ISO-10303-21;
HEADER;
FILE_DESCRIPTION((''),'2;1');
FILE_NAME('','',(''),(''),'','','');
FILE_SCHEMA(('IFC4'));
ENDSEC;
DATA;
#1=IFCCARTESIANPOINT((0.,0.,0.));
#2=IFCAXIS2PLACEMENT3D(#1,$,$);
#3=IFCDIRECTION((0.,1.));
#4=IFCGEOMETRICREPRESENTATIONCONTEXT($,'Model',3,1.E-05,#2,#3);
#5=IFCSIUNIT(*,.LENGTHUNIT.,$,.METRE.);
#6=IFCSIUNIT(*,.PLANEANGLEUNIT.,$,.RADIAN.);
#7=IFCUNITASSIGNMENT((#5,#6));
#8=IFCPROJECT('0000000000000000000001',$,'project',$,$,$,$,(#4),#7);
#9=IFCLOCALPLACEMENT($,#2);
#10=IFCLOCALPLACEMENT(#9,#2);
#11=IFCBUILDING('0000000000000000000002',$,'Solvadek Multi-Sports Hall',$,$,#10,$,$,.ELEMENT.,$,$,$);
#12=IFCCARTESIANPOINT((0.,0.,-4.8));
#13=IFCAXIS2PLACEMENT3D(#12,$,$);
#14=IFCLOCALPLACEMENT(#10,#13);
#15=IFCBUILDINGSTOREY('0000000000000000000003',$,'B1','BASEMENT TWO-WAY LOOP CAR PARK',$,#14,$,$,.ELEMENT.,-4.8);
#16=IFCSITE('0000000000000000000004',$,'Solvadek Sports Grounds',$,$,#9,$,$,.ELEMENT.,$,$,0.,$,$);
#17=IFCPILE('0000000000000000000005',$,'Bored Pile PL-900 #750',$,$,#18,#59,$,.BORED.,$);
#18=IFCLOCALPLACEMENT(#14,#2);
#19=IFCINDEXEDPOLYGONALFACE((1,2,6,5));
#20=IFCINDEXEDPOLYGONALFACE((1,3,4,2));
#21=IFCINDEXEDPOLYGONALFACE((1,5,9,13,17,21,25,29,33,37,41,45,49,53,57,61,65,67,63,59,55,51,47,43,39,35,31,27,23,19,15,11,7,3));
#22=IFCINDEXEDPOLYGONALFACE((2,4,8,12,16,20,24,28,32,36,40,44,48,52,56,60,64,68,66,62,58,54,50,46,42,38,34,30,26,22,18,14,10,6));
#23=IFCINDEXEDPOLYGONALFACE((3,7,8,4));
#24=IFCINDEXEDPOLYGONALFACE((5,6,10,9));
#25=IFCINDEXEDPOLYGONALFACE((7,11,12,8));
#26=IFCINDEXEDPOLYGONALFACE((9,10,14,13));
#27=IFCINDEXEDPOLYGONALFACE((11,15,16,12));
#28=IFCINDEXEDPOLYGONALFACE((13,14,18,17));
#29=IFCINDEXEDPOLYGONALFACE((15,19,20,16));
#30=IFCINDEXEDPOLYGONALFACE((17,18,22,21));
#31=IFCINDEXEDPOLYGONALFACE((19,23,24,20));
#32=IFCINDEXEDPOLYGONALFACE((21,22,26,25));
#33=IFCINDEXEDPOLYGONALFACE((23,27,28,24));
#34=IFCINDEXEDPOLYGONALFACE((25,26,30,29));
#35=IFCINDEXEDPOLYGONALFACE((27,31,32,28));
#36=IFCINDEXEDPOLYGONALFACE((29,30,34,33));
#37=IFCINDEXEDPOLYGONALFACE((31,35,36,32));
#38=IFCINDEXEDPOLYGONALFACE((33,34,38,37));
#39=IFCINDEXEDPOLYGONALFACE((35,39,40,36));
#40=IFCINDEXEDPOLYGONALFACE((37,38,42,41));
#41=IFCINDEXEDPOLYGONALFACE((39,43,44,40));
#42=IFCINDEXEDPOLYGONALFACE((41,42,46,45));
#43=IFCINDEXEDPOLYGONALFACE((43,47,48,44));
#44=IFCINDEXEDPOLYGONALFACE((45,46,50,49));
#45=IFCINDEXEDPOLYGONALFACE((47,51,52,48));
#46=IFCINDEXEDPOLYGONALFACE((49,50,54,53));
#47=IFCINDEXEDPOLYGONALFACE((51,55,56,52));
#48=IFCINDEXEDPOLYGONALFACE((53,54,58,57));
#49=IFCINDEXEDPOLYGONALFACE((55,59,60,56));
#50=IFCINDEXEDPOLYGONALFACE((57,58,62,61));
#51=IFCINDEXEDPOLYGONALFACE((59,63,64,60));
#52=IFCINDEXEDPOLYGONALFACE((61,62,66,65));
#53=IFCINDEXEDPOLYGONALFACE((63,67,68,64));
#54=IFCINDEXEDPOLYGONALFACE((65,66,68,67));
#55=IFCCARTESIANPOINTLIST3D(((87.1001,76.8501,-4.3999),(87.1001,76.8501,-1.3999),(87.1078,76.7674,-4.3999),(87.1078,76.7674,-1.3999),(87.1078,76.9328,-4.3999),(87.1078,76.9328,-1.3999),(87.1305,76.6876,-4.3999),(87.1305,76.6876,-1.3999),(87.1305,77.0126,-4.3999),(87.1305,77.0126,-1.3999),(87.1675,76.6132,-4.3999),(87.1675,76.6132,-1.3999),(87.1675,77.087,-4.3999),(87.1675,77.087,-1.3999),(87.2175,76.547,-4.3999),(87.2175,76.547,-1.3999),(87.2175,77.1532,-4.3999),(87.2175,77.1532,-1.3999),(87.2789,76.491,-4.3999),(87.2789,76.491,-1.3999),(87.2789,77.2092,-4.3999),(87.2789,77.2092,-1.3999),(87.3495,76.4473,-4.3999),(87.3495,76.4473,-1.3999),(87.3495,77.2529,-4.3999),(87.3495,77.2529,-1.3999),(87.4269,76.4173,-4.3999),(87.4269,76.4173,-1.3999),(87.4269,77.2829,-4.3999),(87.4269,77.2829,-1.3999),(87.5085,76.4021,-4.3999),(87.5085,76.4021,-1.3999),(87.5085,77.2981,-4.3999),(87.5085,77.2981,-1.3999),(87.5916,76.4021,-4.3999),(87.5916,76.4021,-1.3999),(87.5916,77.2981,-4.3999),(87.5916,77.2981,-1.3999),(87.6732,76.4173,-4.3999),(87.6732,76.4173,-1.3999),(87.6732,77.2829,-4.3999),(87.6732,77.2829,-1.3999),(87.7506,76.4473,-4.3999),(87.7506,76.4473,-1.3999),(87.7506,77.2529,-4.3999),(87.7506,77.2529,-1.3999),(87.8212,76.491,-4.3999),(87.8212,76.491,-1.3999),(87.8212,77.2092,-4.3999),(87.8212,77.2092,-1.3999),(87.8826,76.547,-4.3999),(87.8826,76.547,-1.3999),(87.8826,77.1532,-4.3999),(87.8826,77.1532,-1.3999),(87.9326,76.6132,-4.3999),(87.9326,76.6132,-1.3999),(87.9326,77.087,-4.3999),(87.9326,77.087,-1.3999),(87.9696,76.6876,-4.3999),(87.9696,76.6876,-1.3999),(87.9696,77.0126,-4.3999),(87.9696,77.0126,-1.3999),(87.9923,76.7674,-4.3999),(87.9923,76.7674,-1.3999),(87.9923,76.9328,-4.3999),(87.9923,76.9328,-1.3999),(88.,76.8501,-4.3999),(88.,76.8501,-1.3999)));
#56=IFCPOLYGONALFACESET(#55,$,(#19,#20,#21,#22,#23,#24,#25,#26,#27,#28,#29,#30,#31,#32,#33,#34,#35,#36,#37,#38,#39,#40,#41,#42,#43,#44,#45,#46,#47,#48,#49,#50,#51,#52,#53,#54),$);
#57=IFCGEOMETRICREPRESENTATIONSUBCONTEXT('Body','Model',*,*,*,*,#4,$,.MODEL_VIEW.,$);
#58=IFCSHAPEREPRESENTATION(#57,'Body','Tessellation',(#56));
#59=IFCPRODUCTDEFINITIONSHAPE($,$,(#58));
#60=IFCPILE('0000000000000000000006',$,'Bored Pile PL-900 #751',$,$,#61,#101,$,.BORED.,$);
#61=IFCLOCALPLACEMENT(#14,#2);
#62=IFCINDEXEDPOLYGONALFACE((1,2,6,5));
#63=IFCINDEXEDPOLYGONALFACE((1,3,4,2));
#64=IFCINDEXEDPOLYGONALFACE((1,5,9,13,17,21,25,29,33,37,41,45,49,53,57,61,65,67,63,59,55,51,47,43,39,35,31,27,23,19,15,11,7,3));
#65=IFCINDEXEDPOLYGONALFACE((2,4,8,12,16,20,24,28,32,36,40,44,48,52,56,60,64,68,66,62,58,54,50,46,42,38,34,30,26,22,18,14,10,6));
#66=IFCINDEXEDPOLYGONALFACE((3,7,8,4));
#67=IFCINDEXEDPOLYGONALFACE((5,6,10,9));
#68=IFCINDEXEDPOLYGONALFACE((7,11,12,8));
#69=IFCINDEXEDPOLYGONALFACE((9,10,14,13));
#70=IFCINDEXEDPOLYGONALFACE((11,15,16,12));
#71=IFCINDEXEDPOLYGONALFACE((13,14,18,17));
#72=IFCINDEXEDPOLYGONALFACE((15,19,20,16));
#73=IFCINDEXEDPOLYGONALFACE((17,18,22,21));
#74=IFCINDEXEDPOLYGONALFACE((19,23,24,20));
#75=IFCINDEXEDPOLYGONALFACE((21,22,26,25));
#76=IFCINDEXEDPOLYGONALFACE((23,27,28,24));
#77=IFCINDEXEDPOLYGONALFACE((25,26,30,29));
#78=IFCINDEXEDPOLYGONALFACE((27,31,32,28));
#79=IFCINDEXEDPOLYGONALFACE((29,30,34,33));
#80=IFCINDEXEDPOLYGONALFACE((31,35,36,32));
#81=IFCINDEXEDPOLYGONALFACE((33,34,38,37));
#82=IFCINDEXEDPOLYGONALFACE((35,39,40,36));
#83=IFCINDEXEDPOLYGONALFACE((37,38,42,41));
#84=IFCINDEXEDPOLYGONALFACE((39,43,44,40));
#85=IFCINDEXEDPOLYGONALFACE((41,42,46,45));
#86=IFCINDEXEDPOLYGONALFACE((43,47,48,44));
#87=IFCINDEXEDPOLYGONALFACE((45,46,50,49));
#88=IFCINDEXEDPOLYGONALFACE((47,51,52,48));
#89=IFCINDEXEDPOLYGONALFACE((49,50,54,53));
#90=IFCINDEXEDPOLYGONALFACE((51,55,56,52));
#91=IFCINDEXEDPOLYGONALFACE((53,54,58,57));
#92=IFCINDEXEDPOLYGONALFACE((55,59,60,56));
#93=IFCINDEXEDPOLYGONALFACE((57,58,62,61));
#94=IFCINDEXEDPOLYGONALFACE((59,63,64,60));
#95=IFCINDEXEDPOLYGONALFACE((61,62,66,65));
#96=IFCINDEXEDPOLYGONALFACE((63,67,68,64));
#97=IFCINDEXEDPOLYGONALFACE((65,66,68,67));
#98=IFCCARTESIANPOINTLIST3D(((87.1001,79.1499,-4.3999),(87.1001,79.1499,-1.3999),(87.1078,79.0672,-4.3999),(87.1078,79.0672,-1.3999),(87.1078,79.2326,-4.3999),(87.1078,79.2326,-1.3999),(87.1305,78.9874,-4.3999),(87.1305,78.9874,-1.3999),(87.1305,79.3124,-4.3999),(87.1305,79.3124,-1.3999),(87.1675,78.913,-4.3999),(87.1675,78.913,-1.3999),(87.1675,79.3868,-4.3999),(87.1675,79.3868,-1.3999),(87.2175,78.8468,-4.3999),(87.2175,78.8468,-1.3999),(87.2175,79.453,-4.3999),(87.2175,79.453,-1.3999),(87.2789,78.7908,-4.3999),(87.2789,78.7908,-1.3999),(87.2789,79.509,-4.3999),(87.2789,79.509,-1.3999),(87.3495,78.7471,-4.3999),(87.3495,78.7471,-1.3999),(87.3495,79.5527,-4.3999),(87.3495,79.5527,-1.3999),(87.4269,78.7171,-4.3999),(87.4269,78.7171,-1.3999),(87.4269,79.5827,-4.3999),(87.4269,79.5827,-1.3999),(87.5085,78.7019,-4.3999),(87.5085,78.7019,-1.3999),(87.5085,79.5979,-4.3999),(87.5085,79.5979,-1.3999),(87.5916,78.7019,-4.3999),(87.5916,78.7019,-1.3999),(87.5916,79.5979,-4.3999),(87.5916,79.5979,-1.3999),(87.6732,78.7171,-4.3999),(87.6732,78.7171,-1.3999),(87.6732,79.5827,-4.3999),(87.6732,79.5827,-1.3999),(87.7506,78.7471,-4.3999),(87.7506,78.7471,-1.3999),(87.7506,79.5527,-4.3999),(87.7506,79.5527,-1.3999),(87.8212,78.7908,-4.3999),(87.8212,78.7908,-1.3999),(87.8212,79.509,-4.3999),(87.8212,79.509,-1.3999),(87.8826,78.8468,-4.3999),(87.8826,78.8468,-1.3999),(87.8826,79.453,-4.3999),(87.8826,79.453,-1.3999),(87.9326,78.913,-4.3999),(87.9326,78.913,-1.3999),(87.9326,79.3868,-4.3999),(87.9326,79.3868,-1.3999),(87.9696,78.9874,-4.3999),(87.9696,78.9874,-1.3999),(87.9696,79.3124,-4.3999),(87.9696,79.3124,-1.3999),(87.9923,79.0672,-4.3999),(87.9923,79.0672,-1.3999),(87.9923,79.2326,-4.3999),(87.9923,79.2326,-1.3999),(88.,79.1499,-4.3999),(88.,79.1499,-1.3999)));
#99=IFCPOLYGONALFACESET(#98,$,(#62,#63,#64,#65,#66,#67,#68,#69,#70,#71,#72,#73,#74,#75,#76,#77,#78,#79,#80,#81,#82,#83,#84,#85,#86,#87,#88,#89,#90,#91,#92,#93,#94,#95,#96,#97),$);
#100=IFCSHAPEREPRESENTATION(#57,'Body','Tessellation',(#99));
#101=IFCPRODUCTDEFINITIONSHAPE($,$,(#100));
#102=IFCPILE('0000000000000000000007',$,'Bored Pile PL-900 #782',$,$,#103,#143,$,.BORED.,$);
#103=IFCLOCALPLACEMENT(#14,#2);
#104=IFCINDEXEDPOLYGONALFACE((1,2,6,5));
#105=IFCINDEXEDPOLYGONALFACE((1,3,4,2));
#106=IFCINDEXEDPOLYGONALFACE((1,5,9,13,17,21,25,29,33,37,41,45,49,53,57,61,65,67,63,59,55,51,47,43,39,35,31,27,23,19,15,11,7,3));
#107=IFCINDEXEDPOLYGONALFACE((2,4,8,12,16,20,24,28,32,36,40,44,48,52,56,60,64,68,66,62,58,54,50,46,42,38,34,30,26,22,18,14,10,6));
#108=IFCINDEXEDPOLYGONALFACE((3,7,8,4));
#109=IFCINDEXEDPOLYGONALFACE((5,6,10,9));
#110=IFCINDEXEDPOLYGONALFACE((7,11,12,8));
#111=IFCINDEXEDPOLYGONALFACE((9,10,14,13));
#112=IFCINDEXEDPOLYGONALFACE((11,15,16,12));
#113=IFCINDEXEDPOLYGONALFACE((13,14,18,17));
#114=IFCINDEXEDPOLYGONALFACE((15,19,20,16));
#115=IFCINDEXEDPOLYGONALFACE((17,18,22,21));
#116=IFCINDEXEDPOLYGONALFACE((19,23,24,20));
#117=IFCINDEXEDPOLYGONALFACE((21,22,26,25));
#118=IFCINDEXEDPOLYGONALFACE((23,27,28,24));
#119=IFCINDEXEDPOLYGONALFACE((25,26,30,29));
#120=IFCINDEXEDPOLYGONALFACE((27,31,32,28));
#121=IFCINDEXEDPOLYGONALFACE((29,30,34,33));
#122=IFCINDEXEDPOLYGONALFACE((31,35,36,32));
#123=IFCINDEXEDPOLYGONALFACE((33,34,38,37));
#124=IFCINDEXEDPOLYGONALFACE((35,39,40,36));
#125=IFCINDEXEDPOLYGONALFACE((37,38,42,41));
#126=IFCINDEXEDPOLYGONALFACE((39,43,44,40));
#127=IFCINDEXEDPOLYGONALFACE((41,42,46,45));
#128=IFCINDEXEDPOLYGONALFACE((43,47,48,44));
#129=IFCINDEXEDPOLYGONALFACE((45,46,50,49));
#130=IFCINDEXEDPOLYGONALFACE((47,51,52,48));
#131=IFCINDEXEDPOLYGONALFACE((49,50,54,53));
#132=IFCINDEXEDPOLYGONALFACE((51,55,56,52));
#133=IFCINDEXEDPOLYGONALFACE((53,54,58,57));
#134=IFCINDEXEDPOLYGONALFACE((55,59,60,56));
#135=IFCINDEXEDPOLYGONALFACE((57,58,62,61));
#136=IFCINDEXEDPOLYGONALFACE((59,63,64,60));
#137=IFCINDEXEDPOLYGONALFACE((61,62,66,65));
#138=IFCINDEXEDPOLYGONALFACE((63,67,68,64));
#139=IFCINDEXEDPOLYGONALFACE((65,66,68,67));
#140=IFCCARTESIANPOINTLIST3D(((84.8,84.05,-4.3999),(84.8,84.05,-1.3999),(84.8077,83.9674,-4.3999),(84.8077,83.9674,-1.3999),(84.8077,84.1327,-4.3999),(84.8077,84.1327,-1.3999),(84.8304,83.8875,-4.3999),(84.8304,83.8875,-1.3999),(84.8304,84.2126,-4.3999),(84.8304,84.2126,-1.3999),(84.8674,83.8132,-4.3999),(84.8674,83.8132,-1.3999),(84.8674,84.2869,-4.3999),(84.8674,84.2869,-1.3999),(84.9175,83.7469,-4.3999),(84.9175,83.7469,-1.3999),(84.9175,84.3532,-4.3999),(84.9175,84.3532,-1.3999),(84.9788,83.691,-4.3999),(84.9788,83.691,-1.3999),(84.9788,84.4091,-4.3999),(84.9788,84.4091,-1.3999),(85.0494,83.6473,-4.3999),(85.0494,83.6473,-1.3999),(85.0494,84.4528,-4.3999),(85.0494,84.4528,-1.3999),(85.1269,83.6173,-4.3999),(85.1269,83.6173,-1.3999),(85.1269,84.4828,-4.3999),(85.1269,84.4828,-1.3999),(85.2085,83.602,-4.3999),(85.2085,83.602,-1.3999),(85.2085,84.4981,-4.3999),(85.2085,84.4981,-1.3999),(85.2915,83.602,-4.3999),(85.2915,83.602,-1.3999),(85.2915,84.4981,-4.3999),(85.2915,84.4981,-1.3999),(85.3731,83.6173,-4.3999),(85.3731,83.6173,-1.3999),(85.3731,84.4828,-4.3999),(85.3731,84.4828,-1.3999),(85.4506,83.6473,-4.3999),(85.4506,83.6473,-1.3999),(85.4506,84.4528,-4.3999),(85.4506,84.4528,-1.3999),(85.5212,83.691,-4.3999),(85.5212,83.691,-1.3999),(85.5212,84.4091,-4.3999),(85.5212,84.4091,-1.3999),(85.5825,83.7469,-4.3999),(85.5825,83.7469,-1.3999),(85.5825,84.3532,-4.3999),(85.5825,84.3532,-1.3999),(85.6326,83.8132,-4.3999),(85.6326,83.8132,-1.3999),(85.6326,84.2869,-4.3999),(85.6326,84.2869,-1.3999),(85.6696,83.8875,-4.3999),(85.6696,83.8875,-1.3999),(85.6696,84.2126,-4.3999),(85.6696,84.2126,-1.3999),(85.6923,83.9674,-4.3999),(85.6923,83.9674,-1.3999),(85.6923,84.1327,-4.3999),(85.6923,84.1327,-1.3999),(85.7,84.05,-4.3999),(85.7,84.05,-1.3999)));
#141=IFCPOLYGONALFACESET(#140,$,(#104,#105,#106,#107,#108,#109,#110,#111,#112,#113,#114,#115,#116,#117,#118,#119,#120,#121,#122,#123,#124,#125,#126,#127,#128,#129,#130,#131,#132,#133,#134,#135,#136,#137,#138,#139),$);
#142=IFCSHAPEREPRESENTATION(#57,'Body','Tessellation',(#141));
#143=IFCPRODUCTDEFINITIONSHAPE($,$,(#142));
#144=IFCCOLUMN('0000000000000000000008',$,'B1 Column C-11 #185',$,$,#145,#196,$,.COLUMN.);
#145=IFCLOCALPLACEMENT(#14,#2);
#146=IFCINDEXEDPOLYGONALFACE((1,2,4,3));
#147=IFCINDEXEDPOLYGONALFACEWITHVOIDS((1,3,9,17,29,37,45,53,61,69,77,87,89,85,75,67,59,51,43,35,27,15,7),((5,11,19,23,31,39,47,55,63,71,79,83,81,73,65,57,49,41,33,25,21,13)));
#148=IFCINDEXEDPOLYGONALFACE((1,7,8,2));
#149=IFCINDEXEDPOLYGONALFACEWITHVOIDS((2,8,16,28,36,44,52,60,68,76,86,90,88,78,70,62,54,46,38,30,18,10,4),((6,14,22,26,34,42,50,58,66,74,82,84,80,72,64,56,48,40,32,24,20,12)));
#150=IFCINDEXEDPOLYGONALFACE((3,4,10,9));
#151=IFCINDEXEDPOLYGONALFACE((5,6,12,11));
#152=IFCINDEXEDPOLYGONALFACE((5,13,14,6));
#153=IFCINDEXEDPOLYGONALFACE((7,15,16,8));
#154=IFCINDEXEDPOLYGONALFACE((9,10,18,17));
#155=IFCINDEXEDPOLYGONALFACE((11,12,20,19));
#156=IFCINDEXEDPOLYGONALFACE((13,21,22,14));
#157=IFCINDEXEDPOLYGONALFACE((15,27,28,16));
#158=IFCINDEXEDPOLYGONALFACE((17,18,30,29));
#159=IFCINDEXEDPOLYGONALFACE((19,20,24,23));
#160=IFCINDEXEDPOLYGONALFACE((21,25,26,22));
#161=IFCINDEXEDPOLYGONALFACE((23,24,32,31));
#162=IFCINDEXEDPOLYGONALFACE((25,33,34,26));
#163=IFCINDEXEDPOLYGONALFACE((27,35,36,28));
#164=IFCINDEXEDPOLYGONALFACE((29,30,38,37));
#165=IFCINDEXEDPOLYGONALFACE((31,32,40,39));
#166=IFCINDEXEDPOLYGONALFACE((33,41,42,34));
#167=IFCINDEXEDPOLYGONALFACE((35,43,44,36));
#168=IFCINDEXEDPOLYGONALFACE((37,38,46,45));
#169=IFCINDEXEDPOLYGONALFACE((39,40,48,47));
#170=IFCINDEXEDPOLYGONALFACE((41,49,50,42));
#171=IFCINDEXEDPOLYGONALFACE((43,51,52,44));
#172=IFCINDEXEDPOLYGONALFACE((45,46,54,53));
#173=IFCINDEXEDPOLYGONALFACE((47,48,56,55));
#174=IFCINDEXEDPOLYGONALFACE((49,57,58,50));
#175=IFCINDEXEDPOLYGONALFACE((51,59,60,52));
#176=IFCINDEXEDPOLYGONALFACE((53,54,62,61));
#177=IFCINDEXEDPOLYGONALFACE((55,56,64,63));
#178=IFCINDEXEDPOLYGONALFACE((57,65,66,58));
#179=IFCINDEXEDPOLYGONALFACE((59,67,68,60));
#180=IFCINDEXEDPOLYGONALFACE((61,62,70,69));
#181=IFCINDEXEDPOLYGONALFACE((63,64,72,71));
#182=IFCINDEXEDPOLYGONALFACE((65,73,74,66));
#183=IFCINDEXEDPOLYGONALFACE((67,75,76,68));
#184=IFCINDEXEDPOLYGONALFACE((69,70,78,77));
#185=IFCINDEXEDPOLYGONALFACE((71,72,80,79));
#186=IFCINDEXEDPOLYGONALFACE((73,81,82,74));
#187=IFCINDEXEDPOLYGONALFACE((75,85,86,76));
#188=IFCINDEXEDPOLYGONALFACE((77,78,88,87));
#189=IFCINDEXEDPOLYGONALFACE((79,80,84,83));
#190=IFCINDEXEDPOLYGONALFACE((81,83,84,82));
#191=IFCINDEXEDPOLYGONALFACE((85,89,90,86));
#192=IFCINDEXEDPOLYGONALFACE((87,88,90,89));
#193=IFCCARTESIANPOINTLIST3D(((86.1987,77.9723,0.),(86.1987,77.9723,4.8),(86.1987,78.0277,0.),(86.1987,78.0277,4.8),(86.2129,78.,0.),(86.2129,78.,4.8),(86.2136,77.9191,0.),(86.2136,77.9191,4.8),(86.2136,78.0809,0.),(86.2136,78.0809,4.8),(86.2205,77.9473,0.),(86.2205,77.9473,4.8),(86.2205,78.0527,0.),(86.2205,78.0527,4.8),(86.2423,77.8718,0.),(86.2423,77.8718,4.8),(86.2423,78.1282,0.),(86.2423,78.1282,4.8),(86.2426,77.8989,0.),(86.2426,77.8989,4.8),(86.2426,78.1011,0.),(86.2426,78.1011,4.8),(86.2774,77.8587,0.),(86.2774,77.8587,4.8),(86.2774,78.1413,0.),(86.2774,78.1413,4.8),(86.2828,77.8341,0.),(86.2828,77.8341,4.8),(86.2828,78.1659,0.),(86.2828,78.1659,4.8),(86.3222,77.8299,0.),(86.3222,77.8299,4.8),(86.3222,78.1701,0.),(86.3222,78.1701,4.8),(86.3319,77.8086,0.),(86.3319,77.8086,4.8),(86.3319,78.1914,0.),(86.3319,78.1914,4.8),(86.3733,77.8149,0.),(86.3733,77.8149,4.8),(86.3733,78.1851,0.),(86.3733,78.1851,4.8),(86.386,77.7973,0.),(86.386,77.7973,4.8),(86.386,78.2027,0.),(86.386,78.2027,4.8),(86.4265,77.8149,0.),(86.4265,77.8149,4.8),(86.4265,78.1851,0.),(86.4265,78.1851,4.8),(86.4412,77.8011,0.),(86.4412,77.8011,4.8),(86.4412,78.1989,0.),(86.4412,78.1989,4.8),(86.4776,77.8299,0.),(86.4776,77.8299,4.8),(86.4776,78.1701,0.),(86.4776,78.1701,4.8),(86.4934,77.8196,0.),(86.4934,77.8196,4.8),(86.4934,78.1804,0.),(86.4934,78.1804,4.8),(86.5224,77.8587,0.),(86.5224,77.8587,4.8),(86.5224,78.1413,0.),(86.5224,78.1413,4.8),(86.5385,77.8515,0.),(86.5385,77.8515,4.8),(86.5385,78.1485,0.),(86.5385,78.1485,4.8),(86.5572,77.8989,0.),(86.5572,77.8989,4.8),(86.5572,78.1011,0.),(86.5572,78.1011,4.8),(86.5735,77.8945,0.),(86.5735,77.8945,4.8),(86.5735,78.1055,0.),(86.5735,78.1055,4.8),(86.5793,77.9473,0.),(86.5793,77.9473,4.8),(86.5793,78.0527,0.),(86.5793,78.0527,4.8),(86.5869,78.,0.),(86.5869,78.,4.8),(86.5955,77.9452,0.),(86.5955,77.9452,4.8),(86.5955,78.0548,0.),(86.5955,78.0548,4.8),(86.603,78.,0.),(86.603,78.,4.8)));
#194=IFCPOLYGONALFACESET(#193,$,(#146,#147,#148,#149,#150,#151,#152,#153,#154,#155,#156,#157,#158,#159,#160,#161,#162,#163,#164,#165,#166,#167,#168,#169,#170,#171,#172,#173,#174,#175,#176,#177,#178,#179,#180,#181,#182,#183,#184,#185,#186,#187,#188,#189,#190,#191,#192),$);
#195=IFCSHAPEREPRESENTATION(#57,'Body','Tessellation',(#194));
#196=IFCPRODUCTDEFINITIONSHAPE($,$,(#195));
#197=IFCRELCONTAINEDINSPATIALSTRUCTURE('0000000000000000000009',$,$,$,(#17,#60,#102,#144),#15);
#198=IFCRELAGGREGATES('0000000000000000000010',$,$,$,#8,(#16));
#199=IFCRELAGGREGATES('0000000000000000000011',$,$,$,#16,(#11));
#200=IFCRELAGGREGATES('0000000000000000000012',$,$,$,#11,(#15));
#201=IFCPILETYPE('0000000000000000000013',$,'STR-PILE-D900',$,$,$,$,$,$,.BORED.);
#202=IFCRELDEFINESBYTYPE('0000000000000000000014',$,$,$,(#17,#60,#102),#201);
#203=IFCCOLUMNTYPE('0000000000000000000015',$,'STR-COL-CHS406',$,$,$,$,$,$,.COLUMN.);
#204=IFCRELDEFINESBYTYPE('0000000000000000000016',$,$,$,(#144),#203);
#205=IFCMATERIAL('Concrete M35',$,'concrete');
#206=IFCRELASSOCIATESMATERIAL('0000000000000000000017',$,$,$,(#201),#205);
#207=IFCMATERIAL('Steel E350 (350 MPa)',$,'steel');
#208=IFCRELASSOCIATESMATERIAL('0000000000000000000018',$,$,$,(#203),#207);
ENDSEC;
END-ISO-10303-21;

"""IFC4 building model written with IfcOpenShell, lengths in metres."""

from ifc_helpers import new_model, si_unit, direction, frame, origin, origin_2d, place, context, subcontext, project, spatial, circle, hollow_circle, extrude, material, material_profile, profile_set, type_object, element, save


model = new_model("IFC4")

# Units and contexts
model_context = context("Model", 3, precision=1e-05, world=origin(), true_north=direction((0.0, 1.0)))
body_context = subcontext(model_context, "Body", "Model", "MODEL_VIEW")
ifc_project = project(units=[si_unit("LENGTHUNIT", "METRE"), si_unit("PLANEANGLEUNIT", "RADIAN")], contexts=[model_context])

# Site, building, storey
site_placement = place(None, origin())
site = spatial("IfcSite", under=ifc_project, at=site_placement, Name="Solvadek Sports Grounds", CompositionType="ELEMENT", RefElevation=0.0)
building_placement = place(site_placement, origin())
building = spatial("IfcBuilding", under=site, at=building_placement, Name="Solvadek Multi-Sports Hall", CompositionType="ELEMENT")
storey_placement = place(building_placement, frame((0.0, 0.0, -4.8)))
storey = spatial("IfcBuildingStorey", under=building, at=storey_placement, Name="B1", Description="BASEMENT TWO-WAY LOOP CAR PARK", CompositionType="ELEMENT", Elevation=-4.8)

# Piles
ifc_material_1 = material(Name="Concrete M35", Category="concrete")
ifc_material_profile_1 = material_profile(ifc_material_1, circle(Radius=0.45, at=origin_2d()), Name="BORED PILE D900")
ifc_profile_set_1 = profile_set([ifc_material_profile_1], Name="Concrete M35")
pile_type_1 = type_object("IfcPileType", Name="STR-PILE-D900", PredefinedType="BORED", material=ifc_profile_set_1)
for number, where, z_axis, x_axis, name in (
    (1, (87.55, 76.8501, -1.3999), (0.0, 0.0, -1.0), (1.0, 0.0, 0.0), "Bored Pile PL-900 #750"),
    (2, (87.55, 79.1499, -1.3999), (0.0, 0.0, -1.0), (1.0, 0.0, 0.0), "Bored Pile PL-900 #751"),
    (3, (85.25, 84.05, -1.3999), (0.0, 0.0, -1.0), (1.0, 0.0, 0.0), "Bored Pile PL-900 #782"),
):
    element("IfcPile", number, at=place(storey_placement, frame(where, z_axis=z_axis, x_axis=x_axis)), inside=storey, type_object=pile_type_1, Name=name, PredefinedType="BORED", context=body_context, shape_type="SweptSolid", body=[
        extrude(circle(Radius=0.45, at=origin_2d()), origin(), (0.0, 0.0, 1.0), 3.0),
    ])

# Column
ifc_material_2 = material(Name="Steel E350 (350 MPa)", Category="steel")
ifc_material_profile_2 = material_profile(ifc_material_2, hollow_circle(Radius=0.2031, WallThickness=0.0161, at=origin_2d()), Name="CHS 406.4x16")
ifc_profile_set_2 = profile_set([ifc_material_profile_2], Name="Steel E350 (350 MPa)")
column_type_1 = type_object("IfcColumnType", Name="STR-COL-CHS406", PredefinedType="COLUMN", material=ifc_profile_set_2)
column_1_placement = place(storey_placement, frame((86.3999, 78.0, 0.0), z_axis=(0.0, 0.0, 1.0), x_axis=(1.0, 0.0, 0.0)))
element("IfcColumn", 4, at=column_1_placement, inside=storey, type_object=column_type_1, Name="B1 Column C-11 #185", PredefinedType="COLUMN", context=body_context, shape_type="SweptSolid", body=[
    extrude(hollow_circle(Radius=0.2031, WallThickness=0.0161, at=origin_2d()), origin(), (0.0, 0.0, 1.0), 4.8),
])

save(model, "model.ifc")
